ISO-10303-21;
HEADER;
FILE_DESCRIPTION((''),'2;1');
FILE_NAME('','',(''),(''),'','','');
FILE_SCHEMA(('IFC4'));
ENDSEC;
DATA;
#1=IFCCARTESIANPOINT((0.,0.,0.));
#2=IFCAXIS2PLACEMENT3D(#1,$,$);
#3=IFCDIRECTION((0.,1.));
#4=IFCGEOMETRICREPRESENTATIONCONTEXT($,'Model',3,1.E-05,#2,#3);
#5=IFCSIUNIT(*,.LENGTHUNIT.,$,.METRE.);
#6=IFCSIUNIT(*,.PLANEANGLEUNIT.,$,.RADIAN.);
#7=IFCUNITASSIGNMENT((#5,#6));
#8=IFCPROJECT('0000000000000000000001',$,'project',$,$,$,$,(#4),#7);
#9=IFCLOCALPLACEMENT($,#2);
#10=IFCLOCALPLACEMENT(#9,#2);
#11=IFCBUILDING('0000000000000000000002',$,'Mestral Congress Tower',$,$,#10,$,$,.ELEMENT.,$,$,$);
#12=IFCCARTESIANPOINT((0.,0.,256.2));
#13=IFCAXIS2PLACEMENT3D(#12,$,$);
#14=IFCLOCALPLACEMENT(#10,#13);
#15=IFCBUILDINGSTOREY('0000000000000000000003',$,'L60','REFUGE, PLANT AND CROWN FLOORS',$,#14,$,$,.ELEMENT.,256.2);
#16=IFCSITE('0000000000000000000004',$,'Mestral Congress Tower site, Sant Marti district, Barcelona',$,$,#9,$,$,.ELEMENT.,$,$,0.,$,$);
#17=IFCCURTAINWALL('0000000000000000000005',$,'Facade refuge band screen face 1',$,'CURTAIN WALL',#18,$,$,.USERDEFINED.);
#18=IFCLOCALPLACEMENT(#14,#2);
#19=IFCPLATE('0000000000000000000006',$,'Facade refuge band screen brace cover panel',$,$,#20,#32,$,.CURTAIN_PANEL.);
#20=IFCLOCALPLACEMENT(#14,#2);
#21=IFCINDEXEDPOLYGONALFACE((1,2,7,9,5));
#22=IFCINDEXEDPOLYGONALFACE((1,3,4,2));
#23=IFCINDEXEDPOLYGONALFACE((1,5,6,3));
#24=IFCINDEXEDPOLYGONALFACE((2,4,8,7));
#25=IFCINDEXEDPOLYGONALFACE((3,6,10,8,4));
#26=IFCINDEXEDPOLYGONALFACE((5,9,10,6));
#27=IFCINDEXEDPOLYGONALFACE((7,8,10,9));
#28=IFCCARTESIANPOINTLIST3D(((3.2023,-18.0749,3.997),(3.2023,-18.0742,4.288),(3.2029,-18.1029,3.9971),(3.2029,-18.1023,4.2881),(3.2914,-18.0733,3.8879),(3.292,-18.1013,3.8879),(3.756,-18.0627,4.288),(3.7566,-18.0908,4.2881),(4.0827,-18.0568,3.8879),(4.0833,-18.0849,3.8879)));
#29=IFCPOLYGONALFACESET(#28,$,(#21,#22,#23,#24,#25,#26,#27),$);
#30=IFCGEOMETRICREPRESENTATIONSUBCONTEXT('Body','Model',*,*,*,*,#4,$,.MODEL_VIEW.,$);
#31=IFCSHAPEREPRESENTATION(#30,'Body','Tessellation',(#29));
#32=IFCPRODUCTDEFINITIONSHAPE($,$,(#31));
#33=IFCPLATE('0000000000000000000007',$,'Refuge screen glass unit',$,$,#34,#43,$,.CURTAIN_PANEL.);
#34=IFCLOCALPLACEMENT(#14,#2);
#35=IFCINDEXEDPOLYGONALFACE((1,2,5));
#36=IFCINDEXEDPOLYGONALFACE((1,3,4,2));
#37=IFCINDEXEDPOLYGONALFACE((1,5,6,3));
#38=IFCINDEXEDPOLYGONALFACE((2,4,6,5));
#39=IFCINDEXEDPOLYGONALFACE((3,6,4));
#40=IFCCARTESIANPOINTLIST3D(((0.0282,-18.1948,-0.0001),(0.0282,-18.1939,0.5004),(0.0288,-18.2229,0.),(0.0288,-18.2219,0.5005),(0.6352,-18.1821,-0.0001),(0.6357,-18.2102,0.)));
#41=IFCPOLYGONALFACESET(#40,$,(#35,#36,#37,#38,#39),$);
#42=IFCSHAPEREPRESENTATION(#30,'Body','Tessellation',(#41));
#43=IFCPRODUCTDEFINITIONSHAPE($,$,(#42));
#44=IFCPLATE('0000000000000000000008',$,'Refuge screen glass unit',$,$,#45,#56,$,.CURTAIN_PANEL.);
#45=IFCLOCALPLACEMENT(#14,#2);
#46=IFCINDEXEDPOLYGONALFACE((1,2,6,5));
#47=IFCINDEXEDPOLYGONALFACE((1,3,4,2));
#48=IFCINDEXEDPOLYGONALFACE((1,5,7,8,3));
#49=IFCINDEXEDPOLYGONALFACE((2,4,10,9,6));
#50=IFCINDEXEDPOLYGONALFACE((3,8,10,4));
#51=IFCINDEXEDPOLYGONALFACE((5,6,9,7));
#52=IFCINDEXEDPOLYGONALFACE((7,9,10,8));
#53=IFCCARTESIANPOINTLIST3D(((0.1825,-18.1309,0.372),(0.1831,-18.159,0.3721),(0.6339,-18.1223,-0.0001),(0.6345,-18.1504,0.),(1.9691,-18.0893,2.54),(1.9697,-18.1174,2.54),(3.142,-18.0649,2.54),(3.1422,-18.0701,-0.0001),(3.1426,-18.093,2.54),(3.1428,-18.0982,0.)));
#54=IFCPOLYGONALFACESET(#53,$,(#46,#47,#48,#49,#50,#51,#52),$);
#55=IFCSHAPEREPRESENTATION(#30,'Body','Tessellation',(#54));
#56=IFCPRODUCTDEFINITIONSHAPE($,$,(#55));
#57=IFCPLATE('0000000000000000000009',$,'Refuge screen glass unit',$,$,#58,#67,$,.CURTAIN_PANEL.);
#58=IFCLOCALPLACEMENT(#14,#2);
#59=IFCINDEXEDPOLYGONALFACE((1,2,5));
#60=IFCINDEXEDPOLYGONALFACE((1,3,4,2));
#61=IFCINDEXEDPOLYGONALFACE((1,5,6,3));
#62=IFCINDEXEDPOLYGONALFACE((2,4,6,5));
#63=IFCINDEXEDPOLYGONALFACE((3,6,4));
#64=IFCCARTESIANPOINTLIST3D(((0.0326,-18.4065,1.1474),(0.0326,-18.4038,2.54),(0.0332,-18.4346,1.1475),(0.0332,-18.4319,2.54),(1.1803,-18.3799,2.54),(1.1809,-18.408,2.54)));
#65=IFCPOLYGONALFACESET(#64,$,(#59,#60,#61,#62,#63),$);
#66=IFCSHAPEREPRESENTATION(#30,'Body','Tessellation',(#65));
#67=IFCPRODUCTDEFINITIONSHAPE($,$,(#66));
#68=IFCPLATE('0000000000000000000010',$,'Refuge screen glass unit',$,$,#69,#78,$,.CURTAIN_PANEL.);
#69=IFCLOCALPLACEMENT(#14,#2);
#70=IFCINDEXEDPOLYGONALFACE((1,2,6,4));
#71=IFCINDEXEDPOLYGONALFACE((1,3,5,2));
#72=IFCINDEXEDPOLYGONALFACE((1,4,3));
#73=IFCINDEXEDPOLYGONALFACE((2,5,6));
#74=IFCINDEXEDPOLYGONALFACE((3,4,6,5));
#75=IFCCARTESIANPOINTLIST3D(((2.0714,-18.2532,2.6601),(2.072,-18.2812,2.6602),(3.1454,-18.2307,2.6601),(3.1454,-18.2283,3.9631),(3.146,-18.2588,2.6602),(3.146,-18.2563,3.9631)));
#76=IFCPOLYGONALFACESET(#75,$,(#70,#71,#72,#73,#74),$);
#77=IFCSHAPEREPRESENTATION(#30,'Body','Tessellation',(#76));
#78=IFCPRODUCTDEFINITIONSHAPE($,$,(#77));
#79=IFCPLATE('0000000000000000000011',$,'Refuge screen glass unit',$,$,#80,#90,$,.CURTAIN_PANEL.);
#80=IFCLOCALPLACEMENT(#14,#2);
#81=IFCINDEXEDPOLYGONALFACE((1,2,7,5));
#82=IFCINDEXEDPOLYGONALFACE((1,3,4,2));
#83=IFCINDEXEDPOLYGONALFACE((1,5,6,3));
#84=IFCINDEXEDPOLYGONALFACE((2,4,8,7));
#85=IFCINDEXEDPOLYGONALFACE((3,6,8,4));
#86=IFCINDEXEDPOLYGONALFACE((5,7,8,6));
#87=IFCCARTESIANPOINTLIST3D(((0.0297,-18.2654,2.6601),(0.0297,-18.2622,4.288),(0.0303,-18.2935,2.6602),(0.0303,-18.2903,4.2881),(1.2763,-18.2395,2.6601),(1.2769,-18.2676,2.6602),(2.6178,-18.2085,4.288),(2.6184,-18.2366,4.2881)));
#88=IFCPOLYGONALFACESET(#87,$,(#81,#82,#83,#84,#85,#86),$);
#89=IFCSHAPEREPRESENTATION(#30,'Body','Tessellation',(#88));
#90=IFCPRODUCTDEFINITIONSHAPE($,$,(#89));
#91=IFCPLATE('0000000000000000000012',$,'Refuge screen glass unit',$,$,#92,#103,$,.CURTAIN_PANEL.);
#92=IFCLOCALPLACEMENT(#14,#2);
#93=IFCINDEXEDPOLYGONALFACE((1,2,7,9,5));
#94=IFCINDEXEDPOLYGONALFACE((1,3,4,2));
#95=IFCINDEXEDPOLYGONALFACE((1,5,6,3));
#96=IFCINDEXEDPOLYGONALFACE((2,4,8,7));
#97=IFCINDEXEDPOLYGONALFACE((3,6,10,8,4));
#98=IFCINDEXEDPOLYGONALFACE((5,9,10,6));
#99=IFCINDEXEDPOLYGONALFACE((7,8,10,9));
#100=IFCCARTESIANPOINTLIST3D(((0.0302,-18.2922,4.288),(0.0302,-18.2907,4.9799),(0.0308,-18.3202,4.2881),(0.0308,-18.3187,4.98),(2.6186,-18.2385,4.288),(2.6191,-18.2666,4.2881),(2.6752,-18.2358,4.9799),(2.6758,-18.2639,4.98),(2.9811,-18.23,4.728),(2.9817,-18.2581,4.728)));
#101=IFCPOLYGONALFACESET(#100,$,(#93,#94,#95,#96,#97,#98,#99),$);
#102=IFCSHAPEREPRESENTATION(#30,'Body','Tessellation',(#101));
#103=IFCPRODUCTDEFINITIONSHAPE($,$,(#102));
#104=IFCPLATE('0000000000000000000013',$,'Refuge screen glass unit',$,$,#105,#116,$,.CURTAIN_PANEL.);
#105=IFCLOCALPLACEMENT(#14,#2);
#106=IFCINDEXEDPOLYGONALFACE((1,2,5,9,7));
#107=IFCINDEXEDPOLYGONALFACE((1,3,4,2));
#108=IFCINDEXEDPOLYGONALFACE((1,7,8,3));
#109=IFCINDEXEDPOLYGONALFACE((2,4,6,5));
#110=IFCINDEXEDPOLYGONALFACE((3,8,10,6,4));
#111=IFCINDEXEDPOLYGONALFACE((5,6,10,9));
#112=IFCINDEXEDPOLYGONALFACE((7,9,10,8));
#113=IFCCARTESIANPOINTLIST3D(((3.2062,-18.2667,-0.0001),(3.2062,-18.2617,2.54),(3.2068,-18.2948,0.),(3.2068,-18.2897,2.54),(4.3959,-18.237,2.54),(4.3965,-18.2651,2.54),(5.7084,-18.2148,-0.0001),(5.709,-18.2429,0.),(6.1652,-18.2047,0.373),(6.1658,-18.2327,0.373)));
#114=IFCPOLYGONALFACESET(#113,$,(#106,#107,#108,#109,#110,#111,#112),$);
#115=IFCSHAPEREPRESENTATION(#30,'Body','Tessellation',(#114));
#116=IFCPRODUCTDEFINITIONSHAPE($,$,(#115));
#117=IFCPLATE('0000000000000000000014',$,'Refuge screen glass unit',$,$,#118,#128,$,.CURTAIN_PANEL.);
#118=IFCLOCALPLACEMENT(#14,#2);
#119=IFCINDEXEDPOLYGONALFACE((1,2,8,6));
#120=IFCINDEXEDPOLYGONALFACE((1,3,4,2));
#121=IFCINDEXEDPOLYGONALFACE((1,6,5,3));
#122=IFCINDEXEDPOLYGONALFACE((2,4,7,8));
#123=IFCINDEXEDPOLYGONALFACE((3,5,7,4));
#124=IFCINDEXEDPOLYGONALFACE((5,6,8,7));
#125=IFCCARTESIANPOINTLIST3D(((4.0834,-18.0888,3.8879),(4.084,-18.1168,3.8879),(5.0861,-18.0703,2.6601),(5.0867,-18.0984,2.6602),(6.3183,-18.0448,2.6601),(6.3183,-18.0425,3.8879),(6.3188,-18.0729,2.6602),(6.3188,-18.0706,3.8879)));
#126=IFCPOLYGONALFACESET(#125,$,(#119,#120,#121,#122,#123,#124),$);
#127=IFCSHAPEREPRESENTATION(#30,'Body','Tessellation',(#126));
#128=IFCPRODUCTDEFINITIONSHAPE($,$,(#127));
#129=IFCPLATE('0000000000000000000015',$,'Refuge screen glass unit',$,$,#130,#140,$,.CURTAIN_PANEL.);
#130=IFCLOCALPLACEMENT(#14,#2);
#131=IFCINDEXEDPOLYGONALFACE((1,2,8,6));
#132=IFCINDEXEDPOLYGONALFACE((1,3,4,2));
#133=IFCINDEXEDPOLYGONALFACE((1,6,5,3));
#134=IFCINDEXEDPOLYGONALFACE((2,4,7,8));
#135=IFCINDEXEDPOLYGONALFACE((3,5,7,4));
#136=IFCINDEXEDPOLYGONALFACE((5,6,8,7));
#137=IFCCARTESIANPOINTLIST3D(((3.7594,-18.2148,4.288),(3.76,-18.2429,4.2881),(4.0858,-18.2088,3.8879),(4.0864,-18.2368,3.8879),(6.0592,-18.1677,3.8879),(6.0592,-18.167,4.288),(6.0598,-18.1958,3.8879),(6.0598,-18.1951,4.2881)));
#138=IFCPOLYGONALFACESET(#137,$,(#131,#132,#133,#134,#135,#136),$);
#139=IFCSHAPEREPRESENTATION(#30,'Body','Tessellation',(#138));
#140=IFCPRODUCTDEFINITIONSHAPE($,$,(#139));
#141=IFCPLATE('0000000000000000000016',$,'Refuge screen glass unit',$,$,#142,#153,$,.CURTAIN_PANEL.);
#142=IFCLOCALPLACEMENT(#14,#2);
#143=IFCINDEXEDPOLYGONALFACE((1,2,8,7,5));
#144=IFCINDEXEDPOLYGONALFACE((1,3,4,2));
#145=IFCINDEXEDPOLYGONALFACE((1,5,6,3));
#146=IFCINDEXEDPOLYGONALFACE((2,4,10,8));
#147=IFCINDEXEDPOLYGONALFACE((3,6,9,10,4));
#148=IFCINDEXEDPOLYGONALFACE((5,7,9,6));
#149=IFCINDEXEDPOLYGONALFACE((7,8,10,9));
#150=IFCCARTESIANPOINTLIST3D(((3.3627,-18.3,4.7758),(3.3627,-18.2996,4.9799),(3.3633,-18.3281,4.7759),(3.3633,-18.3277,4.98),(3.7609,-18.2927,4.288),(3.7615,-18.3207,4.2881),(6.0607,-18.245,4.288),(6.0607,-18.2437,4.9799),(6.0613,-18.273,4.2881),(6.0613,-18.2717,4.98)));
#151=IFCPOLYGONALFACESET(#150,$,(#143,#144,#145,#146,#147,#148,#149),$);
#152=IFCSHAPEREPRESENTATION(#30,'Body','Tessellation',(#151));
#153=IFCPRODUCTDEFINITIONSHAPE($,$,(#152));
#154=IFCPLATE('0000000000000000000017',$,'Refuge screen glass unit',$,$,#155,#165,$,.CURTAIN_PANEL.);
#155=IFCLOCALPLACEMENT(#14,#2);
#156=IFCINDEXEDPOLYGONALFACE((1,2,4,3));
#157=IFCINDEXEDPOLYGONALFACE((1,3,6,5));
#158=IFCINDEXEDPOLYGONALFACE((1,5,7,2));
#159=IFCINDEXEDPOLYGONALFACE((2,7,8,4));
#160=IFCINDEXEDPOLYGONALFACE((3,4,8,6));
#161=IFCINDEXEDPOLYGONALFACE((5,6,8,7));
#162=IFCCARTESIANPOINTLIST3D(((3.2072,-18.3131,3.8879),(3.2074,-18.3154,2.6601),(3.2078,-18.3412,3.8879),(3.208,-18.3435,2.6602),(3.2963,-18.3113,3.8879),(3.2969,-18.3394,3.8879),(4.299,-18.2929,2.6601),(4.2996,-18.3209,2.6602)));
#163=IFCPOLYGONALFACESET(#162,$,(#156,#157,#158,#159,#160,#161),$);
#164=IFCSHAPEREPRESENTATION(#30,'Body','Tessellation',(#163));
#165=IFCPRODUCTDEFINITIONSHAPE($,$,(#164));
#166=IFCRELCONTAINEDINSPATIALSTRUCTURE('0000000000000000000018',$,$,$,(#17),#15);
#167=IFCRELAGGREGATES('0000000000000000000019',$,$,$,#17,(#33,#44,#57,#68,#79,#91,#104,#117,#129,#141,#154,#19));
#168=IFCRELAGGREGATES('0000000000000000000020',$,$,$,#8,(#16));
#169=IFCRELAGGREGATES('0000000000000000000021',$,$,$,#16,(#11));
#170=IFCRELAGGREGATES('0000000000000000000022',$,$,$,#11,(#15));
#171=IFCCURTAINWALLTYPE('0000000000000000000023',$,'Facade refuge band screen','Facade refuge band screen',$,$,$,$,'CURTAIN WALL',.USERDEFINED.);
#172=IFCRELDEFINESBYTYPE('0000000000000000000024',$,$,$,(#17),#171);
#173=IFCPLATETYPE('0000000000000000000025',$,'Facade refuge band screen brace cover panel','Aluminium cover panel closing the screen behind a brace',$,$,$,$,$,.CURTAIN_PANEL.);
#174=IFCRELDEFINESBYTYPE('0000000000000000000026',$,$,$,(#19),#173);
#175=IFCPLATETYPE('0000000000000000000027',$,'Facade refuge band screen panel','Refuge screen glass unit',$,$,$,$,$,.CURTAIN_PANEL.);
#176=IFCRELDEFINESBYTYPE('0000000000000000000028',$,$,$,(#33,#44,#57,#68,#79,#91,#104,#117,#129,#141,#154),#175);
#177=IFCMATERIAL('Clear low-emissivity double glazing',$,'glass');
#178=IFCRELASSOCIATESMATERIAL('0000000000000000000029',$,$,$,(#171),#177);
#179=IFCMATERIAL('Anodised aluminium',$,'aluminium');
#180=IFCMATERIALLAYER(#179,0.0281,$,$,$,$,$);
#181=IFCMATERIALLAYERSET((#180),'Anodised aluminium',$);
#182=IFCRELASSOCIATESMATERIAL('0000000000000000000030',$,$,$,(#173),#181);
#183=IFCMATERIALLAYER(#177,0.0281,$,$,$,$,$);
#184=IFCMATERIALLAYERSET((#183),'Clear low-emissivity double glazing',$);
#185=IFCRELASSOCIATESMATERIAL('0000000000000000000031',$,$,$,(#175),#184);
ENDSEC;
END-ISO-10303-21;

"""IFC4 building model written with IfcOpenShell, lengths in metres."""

from ifc_helpers import new_model, si_unit, direction, frame, origin, place, context, subcontext, project, spatial, polyline, outline, extrude, material, layer, layer_set, type_object, element, aggregate, save


model = new_model("IFC4")

# Units and contexts
model_context = context("Model", 3, precision=1e-05, world=origin(), true_north=direction((0.0, 1.0)))
body_context = subcontext(model_context, "Body", "Model", "MODEL_VIEW")
ifc_project = project(units=[si_unit("LENGTHUNIT", "METRE"), si_unit("PLANEANGLEUNIT", "RADIAN")], contexts=[model_context])

# Site, building, storey
site_placement = place(None, origin())
site = spatial("IfcSite", under=ifc_project, at=site_placement, Name="Mestral Congress Tower site, Sant Marti district, Barcelona", CompositionType="ELEMENT", RefElevation=0.0)
building_placement = place(site_placement, origin())
building = spatial("IfcBuilding", under=site, at=building_placement, Name="Mestral Congress Tower", CompositionType="ELEMENT")
storey_placement = place(building_placement, frame((0.0, 0.0, 256.2)))
storey = spatial("IfcBuildingStorey", under=building, at=storey_placement, Name="L60", Description="REFUGE, PLANT AND CROWN FLOORS", CompositionType="ELEMENT", Elevation=256.2)

# Curtain wall, plates
ifc_material_1 = material(Name="Clear low-emissivity double glazing", Category="glass")
curtain_wall_type = type_object("IfcCurtainWallType", Name="Facade refuge band screen", Description="Facade refuge band screen", ElementType="CURTAIN WALL", PredefinedType="USERDEFINED", material=ifc_material_1)
curtain_wall_placement = place(storey_placement, origin())
curtain_wall = element("IfcCurtainWall", 1, at=curtain_wall_placement, inside=storey, type_object=curtain_wall_type, Name="Facade refuge band screen face 1", ObjectType="CURTAIN WALL", PredefinedType="USERDEFINED")
ifc_material_2 = material(Name="Anodised aluminium", Category="aluminium")
ifc_layer_1 = layer(ifc_material_2, 0.0281)
ifc_layer_set_1 = layer_set([ifc_layer_1], Name="Anodised aluminium")
plate_type_1 = type_object("IfcPlateType", Name="Facade refuge band screen brace cover panel", Description="Aluminium cover panel closing the screen behind a brace", PredefinedType="CURTAIN_PANEL", material=ifc_layer_set_1)
plate_1_placement = place(storey_placement, frame((3.2029, -18.1023, 4.2881), z_axis=(0.020761, -0.999782, 0.002223), x_axis=(0.999784, 0.020761, 0.0)))
plate_1 = element("IfcPlate", 2, at=plate_1_placement, type_object=plate_type_1, Name="Facade refuge band screen brace cover panel", PredefinedType="CURTAIN_PANEL", context=body_context, shape_type="SweptSolid", body=[
    extrude(outline(polyline([(0.0, 0.0), (0.5538, 0.0), (0.8805, -0.4001), (0.0891, -0.4001), (0.0, -0.291), (0.0, 0.0)])), origin(), (0.0, 0.0, -1.0), 0.0281),
])
ifc_layer_2 = layer(ifc_material_1, 0.0281)
ifc_layer_set_2 = layer_set([ifc_layer_2], Name="Clear low-emissivity double glazing")
plate_type_2 = type_object("IfcPlateType", Name="Facade refuge band screen panel", Description="Refuge screen glass unit", PredefinedType="CURTAIN_PANEL", material=ifc_layer_set_2)
plate_2_placement = place(storey_placement, frame((0.0288, -18.2229, 0.0), z_axis=(0.020913, -0.999779, 0.001951), x_axis=(0.0, 0.001951, 0.999998)))
plate_2 = element("IfcPlate", 3, at=plate_2_placement, type_object=plate_type_2, Name="Refuge screen glass unit", PredefinedType="CURTAIN_PANEL", context=body_context, shape_type="SweptSolid", body=[
    extrude(outline(polyline([(0.0, 0.0), (0.5005, 0.0), (0.0, -0.6071), (0.0, 0.0)])), origin(), (0.0, 0.0, -1.0), 0.0281),
])
plate_3_placement = place(storey_placement, frame((3.1426, -18.093, 2.54), z_axis=(0.020797, -0.999782, 0.002037), x_axis=(0.000096, -0.002036, -0.999998)))
plate_3 = element("IfcPlate", 4, at=plate_3_placement, type_object=plate_type_2, Name="Refuge screen glass unit", PredefinedType="CURTAIN_PANEL", context=body_context, shape_type="SweptSolid", body=[
    extrude(outline(polyline([(0.0, 0.0), (2.54, 0.0), (2.5399, -2.5088), (2.1678, -2.9603), (-0.0001, -1.1731), (0.0, 0.0)])), origin(), (0.0, 0.0, -1.0), 0.0281),
])
plate_4_placement = place(storey_placement, frame((0.0332, -18.4319, 2.54), z_axis=(0.020842, -0.999781, 0.001928), x_axis=(0.999783, 0.020842, 0.0)))
plate_4 = element("IfcPlate", 5, at=plate_4_placement, type_object=plate_type_2, Name="Refuge screen glass unit", PredefinedType="CURTAIN_PANEL", context=body_context, shape_type="SweptSolid", body=[
    extrude(outline(polyline([(0.0, 0.0), (1.148, 0.0), (-0.0001, -1.3926), (0.0, 0.0)])), origin(), (0.0, 0.0, -1.0), 0.0281),
])
plate_5_placement = place(storey_placement, frame((2.072, -18.2812, 2.6602), z_axis=(0.020909, -0.99978, 0.001873), x_axis=(0.635967, 0.014746, 0.771575)))
plate_5 = element("IfcPlate", 6, at=plate_5_placement, type_object=plate_type_2, Name="Refuge screen glass unit", PredefinedType="CURTAIN_PANEL", context=body_context, shape_type="SweptSolid", body=[
    extrude(outline(polyline([(0.0, 0.0), (1.6887, 0.0), (0.6833, -0.8288), (0.0, 0.0)])), origin(), (0.0, 0.0, -1.0), 0.0281),
])
plate_6_placement = place(storey_placement, frame((1.2769, -18.2676, 2.6602), z_axis=(0.020751, -0.999783, 0.001946), x_axis=(-0.999785, -0.020751, 0.0)))
plate_6 = element("IfcPlate", 7, at=plate_6_placement, type_object=plate_type_2, Name="Refuge screen glass unit", PredefinedType="CURTAIN_PANEL", context=body_context, shape_type="SweptSolid", body=[
    extrude(outline(polyline([(0.0, 0.0), (1.2469, 0.0), (1.2468, -1.6279), (-1.3419, -1.6279), (0.0, 0.0)])), origin(), (0.0, 0.0, -1.0), 0.0281),
])
plate_7_placement = place(storey_placement, frame((2.6758, -18.2639, 4.98), z_axis=(0.020722, -0.999783, 0.002154), x_axis=(0.771808, 0.014627, -0.635688)))
plate_7 = element("IfcPlate", 8, at=plate_7_placement, type_object=plate_type_2, Name="Refuge screen glass unit", PredefinedType="CURTAIN_PANEL", context=body_context, shape_type="SweptSolid", body=[
    extrude(outline(polyline([(0.0, 0.0), (0.3963, 0.0), (0.3961, -0.5701), (-1.6024, -2.2159), (-2.0423, -1.6818), (0.0, 0.0)])), origin(), (0.0, 0.0, -1.0), 0.0281),
])
plate_8_placement = place(storey_placement, frame((5.709, -18.2429, 0.0), z_axis=(0.02071, -0.999784, 0.001972), x_axis=(-0.999786, -0.020711, 0.0)))
plate_8 = element("IfcPlate", 9, at=plate_8_placement, type_object=plate_type_2, Name="Refuge screen glass unit", PredefinedType="CURTAIN_PANEL", context=body_context, shape_type="SweptSolid", body=[
    extrude(outline(polyline([(0.0, 0.0), (2.5027, 0.0), (2.5026, -2.54), (1.3127, -2.54), (-0.4569, -0.373), (0.0, 0.0)])), origin(), (0.0, 0.0, -1.0), 0.0281),
])
plate_9_placement = place(storey_placement, frame((5.0867, -18.0984, 2.6602), z_axis=(0.020698, -0.999784, 0.001891), x_axis=(-0.632491, -0.011629, 0.77448)))
plate_9 = element("IfcPlate", 10, at=plate_9_placement, type_object=plate_type_2, Name="Refuge screen glass unit", PredefinedType="CURTAIN_PANEL", context=body_context, shape_type="SweptSolid", body=[
    extrude(outline(polyline([(0.0, 0.0), (1.5853, 0.0), (0.1712, -1.7312), (-0.7796, -0.9545), (0.0, 0.0)])), origin(), (0.0, 0.0, -1.0), 0.0281),
])
plate_10_placement = place(storey_placement, frame((6.0598, -18.1958, 3.8879), z_axis=(0.020792, -0.999782, 0.00177), x_axis=(-0.999784, -0.020792, 0.0)))
plate_10 = element("IfcPlate", 11, at=plate_10_placement, type_object=plate_type_2, Name="Refuge screen glass unit", PredefinedType="CURTAIN_PANEL", context=body_context, shape_type="SweptSolid", body=[
    extrude(outline(polyline([(0.0, 0.0), (1.9738, 0.0), (2.3003, -0.4001), (0.0, -0.4001), (0.0, 0.0)])), origin(), (0.0, 0.0, -1.0), 0.0281),
])
plate_11_placement = place(storey_placement, frame((6.0613, -18.2717, 4.98), z_axis=(0.020736, -0.999783, 0.001899), x_axis=(-0.000005, -0.0019, -0.999998)))
plate_11 = element("IfcPlate", 12, at=plate_11_placement, type_object=plate_type_2, Name="Refuge screen glass unit", PredefinedType="CURTAIN_PANEL", context=body_context, shape_type="SweptSolid", body=[
    extrude(outline(polyline([(0.0, 0.0), (0.6919, 0.0), (0.692, -2.3003), (0.2042, -2.6986), (0.0001, -2.6986), (0.0, 0.0)])), origin(), (0.0, 0.0, -1.0), 0.0281),
])
plate_12_placement = place(storey_placement, frame((3.2969, -18.3394, 3.8879), z_axis=(0.020674, -0.999785, 0.001883), x_axis=(0.632489, 0.01162, -0.774482)))
plate_12 = element("IfcPlate", 13, at=plate_12_placement, type_object=plate_type_2, Name="Refuge screen glass unit", PredefinedType="CURTAIN_PANEL", context=body_context, shape_type="SweptSolid", body=[
    extrude(outline(polyline([(0.0, 0.0), (1.5853, 0.0), (0.8946, -0.8456), (-0.0564, -0.069), (0.0, 0.0)])), origin(), (0.0, 0.0, -1.0), 0.0281),
])

aggregate(curtain_wall, [plate_2, plate_3, plate_4, plate_5, plate_6, plate_7, plate_8, plate_9, plate_10, plate_11, plate_12, plate_1])

save(model, "model.ifc")
